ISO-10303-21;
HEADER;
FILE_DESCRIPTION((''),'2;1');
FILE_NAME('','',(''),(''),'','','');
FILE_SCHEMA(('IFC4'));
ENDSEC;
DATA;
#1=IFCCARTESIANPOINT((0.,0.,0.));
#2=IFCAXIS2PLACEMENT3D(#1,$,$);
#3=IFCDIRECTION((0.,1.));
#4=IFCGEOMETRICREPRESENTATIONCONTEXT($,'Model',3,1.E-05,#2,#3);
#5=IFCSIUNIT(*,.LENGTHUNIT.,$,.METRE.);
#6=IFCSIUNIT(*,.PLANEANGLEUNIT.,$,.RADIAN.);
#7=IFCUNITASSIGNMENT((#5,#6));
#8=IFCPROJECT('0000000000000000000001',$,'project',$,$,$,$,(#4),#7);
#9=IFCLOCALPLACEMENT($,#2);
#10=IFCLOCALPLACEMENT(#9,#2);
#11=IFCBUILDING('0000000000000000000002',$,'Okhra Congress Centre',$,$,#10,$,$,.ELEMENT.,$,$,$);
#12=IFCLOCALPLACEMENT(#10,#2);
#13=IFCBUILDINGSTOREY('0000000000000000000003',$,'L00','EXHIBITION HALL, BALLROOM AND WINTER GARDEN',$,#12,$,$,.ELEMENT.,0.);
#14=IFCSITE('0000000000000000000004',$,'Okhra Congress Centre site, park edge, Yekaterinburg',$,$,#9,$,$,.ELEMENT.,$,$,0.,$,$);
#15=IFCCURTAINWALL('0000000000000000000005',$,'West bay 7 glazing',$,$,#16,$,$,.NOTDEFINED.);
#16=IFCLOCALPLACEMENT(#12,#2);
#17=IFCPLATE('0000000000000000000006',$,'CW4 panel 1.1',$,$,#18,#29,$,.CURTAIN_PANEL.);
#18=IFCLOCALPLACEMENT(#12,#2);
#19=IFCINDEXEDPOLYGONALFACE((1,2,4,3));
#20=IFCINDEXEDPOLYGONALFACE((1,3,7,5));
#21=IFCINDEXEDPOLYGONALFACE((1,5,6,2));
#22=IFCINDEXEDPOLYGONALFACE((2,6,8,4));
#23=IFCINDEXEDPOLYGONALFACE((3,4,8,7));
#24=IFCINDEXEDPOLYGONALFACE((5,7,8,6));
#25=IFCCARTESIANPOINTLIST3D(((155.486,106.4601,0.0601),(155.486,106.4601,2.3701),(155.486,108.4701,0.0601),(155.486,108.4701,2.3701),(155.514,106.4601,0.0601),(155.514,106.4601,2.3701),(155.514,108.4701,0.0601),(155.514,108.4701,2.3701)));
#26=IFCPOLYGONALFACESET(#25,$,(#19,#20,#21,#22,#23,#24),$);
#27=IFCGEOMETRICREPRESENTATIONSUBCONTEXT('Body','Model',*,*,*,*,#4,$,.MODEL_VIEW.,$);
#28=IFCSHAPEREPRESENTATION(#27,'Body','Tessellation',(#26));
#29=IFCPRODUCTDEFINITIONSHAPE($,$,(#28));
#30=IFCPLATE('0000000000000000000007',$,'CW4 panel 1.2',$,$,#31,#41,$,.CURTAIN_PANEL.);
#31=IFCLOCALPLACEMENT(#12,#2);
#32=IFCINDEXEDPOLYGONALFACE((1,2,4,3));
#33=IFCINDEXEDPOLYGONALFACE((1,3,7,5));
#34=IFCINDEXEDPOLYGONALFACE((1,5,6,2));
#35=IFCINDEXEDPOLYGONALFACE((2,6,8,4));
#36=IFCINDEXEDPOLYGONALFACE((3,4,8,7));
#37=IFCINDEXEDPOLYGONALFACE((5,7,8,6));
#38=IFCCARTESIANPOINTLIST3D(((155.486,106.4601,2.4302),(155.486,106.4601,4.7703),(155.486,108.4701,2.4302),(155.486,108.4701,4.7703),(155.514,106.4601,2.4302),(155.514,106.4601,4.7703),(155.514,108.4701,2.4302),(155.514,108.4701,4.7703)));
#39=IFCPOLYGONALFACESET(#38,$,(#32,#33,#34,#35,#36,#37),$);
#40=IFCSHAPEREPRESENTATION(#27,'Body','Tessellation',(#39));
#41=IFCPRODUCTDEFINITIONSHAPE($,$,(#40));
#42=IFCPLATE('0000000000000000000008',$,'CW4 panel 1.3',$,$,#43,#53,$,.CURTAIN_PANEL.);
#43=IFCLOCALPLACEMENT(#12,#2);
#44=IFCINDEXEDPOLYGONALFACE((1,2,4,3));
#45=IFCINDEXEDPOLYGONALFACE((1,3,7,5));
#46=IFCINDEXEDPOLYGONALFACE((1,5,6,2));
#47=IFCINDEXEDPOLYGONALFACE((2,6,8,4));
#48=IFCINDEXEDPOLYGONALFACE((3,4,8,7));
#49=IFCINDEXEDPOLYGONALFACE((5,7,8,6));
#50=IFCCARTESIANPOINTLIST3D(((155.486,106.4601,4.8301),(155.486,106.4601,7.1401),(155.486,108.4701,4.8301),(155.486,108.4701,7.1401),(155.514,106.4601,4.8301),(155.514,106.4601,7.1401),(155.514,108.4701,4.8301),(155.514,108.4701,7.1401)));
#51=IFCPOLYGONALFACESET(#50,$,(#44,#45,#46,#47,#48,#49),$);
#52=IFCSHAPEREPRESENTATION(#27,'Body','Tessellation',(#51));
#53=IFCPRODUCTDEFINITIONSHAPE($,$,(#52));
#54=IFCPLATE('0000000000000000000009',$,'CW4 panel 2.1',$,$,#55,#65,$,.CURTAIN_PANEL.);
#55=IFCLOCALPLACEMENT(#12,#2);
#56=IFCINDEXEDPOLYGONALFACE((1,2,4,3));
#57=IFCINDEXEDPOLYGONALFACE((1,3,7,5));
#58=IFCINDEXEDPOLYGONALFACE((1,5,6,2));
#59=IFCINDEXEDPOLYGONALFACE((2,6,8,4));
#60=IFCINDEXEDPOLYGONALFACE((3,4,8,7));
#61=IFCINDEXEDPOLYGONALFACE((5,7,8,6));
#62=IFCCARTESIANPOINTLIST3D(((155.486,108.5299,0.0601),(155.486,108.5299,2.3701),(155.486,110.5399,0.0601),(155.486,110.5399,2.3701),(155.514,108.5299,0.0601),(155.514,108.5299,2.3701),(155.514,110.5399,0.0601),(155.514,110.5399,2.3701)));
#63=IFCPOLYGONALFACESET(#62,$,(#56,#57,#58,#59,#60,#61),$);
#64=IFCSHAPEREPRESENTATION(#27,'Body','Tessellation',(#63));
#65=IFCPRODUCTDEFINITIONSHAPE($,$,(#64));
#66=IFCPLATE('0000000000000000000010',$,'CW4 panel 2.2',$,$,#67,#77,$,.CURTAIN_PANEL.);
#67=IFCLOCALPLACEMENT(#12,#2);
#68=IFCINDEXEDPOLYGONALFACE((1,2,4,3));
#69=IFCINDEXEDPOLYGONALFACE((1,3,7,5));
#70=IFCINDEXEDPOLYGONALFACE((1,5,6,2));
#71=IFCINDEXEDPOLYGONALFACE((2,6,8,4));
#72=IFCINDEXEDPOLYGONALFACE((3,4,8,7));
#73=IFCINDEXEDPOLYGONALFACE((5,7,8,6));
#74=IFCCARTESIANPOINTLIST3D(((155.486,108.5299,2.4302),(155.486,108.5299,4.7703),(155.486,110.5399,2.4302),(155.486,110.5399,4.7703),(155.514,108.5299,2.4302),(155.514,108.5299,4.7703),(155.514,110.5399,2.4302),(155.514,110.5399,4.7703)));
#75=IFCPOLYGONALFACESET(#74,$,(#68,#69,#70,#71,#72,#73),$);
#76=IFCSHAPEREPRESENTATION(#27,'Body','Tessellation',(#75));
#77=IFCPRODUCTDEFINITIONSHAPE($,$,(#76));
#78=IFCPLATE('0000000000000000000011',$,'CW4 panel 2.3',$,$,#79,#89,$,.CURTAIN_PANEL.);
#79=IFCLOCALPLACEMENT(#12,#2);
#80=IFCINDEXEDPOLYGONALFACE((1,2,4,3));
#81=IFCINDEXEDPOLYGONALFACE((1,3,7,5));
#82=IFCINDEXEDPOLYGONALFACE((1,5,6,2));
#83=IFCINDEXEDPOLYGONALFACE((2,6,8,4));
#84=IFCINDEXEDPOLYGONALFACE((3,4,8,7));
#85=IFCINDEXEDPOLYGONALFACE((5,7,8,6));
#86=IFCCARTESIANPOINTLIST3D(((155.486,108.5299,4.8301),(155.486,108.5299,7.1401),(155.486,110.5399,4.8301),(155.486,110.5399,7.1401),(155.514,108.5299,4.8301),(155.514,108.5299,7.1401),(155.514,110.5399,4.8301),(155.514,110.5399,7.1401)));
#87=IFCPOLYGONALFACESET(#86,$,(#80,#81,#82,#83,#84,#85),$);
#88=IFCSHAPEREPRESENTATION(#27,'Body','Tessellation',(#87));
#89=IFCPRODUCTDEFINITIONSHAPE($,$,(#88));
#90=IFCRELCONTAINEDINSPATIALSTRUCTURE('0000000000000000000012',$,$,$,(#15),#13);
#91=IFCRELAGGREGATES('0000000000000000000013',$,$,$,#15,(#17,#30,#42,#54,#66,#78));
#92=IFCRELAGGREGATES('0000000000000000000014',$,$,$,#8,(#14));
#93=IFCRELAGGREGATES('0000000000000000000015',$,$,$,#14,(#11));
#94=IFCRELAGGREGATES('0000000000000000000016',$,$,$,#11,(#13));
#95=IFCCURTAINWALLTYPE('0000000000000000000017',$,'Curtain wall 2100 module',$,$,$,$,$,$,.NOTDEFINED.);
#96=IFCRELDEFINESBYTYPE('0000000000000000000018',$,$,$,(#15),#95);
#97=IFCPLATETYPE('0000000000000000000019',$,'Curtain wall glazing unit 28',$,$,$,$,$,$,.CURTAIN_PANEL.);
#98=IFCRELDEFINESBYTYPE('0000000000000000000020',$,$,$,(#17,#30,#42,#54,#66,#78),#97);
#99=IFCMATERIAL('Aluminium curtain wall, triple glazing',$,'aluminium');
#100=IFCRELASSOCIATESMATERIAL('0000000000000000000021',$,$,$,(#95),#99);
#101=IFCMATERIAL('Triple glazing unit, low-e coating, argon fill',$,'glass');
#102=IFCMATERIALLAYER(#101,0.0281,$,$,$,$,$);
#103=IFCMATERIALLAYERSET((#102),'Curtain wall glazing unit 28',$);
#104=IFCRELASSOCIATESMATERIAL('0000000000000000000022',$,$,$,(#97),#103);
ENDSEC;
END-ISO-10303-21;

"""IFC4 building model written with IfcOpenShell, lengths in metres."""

from ifc_helpers import new_model, si_unit, direction, frame, origin, origin_2d, place, context, subcontext, project, spatial, rectangle, extrude, material, layer, layer_set, type_object, element, aggregate, save


model = new_model("IFC4")

# Units and contexts
model_context = context("Model", 3, precision=1e-05, world=origin(), true_north=direction((0.0, 1.0)))
body_context = subcontext(model_context, "Body", "Model", "MODEL_VIEW")
ifc_project = project(units=[si_unit("LENGTHUNIT", "METRE"), si_unit("PLANEANGLEUNIT", "RADIAN")], contexts=[model_context])

# Site, building, storey
site_placement = place(None, origin())
site = spatial("IfcSite", under=ifc_project, at=site_placement, Name="Okhra Congress Centre site, park edge, Yekaterinburg", CompositionType="ELEMENT", RefElevation=0.0)
building_placement = place(site_placement, origin())
building = spatial("IfcBuilding", under=site, at=building_placement, Name="Okhra Congress Centre", CompositionType="ELEMENT")
storey_placement = place(building_placement, origin())
storey = spatial("IfcBuildingStorey", under=building, at=storey_placement, Name="L00", Description="EXHIBITION HALL, BALLROOM AND WINTER GARDEN", CompositionType="ELEMENT", Elevation=0.0)

# Shared definitions
ifc_material_1 = material(Name="Aluminium curtain wall, triple glazing", Category="aluminium")
curtain_wall_type = type_object("IfcCurtainWallType", Name="Curtain wall 2100 module", PredefinedType="NOTDEFINED", material=ifc_material_1)

# Curtain wall
curtain_wall_1_placement = place(storey_placement, origin())
curtain_wall_1 = element("IfcCurtainWall", 1, at=curtain_wall_1_placement, inside=storey, type_object=curtain_wall_type, Name="West bay 7 glazing", PredefinedType="NOTDEFINED")

# Plates
ifc_material_2 = material(Name="Triple glazing unit, low-e coating, argon fill", Category="glass")
ifc_layer = layer(ifc_material_2, 0.0281)
ifc_layer_set = layer_set([ifc_layer], Name="Curtain wall glazing unit 28")
plate_type = type_object("IfcPlateType", Name="Curtain wall glazing unit 28", PredefinedType="CURTAIN_PANEL", material=ifc_layer_set)
plate_1_placement = place(storey_placement, frame((155.5, 107.4651, 0.0601), z_axis=(0.0, 0.0, 1.0), x_axis=(0.0, 1.0, 0.0)))
plate_1 = element("IfcPlate", 2, at=plate_1_placement, type_object=plate_type, Name="CW4 panel 1.1", PredefinedType="CURTAIN_PANEL", context=body_context, shape_type="SweptSolid", body=[
    extrude(rectangle(XDim=2.01, YDim=0.0281, at=origin_2d()), origin(), (0.0, 0.0, 1.0), 2.3101),
])
plate_2_placement = place(storey_placement, frame((155.5, 107.4651, 2.4302), z_axis=(0.0, 0.0, 1.0), x_axis=(0.0, 1.0, 0.0)))
plate_2 = element("IfcPlate", 3, at=plate_2_placement, type_object=plate_type, Name="CW4 panel 1.2", PredefinedType="CURTAIN_PANEL", context=body_context, shape_type="SweptSolid", body=[
    extrude(rectangle(XDim=2.01, YDim=0.0281, at=origin_2d()), origin(), (0.0, 0.0, 1.0), 2.3401),
])
plate_3_placement = place(storey_placement, frame((155.5, 107.4651, 4.8301), z_axis=(0.0, 0.0, 1.0), x_axis=(0.0, 1.0, 0.0)))
plate_3 = element("IfcPlate", 4, at=plate_3_placement, type_object=plate_type, Name="CW4 panel 1.3", PredefinedType="CURTAIN_PANEL", context=body_context, shape_type="SweptSolid", body=[
    extrude(rectangle(XDim=2.01, YDim=0.0281, at=origin_2d()), origin(), (0.0, 0.0, 1.0), 2.3101),
])
plate_4_placement = place(storey_placement, frame((155.5, 109.5349, 0.0601), z_axis=(0.0, 0.0, 1.0), x_axis=(0.0, 1.0, 0.0)))
plate_4 = element("IfcPlate", 5, at=plate_4_placement, type_object=plate_type, Name="CW4 panel 2.1", PredefinedType="CURTAIN_PANEL", context=body_context, shape_type="SweptSolid", body=[
    extrude(rectangle(XDim=2.01, YDim=0.0281, at=origin_2d()), origin(), (0.0, 0.0, 1.0), 2.3101),
])
plate_5_placement = place(storey_placement, frame((155.5, 109.5349, 2.4302), z_axis=(0.0, 0.0, 1.0), x_axis=(0.0, 1.0, 0.0)))
plate_5 = element("IfcPlate", 6, at=plate_5_placement, type_object=plate_type, Name="CW4 panel 2.2", PredefinedType="CURTAIN_PANEL", context=body_context, shape_type="SweptSolid", body=[
    extrude(rectangle(XDim=2.01, YDim=0.0281, at=origin_2d()), origin(), (0.0, 0.0, 1.0), 2.3401),
])
plate_6_placement = place(storey_placement, frame((155.5, 109.5349, 4.8301), z_axis=(0.0, 0.0, 1.0), x_axis=(0.0, 1.0, 0.0)))
plate_6 = element("IfcPlate", 7, at=plate_6_placement, type_object=plate_type, Name="CW4 panel 2.3", PredefinedType="CURTAIN_PANEL", context=body_context, shape_type="SweptSolid", body=[
    extrude(rectangle(XDim=2.01, YDim=0.0281, at=origin_2d()), origin(), (0.0, 0.0, 1.0), 2.3101),
])
aggregate(curtain_wall_1, [plate_1, plate_2, plate_3, plate_4, plate_5, plate_6])

save(model, "model.ifc")
